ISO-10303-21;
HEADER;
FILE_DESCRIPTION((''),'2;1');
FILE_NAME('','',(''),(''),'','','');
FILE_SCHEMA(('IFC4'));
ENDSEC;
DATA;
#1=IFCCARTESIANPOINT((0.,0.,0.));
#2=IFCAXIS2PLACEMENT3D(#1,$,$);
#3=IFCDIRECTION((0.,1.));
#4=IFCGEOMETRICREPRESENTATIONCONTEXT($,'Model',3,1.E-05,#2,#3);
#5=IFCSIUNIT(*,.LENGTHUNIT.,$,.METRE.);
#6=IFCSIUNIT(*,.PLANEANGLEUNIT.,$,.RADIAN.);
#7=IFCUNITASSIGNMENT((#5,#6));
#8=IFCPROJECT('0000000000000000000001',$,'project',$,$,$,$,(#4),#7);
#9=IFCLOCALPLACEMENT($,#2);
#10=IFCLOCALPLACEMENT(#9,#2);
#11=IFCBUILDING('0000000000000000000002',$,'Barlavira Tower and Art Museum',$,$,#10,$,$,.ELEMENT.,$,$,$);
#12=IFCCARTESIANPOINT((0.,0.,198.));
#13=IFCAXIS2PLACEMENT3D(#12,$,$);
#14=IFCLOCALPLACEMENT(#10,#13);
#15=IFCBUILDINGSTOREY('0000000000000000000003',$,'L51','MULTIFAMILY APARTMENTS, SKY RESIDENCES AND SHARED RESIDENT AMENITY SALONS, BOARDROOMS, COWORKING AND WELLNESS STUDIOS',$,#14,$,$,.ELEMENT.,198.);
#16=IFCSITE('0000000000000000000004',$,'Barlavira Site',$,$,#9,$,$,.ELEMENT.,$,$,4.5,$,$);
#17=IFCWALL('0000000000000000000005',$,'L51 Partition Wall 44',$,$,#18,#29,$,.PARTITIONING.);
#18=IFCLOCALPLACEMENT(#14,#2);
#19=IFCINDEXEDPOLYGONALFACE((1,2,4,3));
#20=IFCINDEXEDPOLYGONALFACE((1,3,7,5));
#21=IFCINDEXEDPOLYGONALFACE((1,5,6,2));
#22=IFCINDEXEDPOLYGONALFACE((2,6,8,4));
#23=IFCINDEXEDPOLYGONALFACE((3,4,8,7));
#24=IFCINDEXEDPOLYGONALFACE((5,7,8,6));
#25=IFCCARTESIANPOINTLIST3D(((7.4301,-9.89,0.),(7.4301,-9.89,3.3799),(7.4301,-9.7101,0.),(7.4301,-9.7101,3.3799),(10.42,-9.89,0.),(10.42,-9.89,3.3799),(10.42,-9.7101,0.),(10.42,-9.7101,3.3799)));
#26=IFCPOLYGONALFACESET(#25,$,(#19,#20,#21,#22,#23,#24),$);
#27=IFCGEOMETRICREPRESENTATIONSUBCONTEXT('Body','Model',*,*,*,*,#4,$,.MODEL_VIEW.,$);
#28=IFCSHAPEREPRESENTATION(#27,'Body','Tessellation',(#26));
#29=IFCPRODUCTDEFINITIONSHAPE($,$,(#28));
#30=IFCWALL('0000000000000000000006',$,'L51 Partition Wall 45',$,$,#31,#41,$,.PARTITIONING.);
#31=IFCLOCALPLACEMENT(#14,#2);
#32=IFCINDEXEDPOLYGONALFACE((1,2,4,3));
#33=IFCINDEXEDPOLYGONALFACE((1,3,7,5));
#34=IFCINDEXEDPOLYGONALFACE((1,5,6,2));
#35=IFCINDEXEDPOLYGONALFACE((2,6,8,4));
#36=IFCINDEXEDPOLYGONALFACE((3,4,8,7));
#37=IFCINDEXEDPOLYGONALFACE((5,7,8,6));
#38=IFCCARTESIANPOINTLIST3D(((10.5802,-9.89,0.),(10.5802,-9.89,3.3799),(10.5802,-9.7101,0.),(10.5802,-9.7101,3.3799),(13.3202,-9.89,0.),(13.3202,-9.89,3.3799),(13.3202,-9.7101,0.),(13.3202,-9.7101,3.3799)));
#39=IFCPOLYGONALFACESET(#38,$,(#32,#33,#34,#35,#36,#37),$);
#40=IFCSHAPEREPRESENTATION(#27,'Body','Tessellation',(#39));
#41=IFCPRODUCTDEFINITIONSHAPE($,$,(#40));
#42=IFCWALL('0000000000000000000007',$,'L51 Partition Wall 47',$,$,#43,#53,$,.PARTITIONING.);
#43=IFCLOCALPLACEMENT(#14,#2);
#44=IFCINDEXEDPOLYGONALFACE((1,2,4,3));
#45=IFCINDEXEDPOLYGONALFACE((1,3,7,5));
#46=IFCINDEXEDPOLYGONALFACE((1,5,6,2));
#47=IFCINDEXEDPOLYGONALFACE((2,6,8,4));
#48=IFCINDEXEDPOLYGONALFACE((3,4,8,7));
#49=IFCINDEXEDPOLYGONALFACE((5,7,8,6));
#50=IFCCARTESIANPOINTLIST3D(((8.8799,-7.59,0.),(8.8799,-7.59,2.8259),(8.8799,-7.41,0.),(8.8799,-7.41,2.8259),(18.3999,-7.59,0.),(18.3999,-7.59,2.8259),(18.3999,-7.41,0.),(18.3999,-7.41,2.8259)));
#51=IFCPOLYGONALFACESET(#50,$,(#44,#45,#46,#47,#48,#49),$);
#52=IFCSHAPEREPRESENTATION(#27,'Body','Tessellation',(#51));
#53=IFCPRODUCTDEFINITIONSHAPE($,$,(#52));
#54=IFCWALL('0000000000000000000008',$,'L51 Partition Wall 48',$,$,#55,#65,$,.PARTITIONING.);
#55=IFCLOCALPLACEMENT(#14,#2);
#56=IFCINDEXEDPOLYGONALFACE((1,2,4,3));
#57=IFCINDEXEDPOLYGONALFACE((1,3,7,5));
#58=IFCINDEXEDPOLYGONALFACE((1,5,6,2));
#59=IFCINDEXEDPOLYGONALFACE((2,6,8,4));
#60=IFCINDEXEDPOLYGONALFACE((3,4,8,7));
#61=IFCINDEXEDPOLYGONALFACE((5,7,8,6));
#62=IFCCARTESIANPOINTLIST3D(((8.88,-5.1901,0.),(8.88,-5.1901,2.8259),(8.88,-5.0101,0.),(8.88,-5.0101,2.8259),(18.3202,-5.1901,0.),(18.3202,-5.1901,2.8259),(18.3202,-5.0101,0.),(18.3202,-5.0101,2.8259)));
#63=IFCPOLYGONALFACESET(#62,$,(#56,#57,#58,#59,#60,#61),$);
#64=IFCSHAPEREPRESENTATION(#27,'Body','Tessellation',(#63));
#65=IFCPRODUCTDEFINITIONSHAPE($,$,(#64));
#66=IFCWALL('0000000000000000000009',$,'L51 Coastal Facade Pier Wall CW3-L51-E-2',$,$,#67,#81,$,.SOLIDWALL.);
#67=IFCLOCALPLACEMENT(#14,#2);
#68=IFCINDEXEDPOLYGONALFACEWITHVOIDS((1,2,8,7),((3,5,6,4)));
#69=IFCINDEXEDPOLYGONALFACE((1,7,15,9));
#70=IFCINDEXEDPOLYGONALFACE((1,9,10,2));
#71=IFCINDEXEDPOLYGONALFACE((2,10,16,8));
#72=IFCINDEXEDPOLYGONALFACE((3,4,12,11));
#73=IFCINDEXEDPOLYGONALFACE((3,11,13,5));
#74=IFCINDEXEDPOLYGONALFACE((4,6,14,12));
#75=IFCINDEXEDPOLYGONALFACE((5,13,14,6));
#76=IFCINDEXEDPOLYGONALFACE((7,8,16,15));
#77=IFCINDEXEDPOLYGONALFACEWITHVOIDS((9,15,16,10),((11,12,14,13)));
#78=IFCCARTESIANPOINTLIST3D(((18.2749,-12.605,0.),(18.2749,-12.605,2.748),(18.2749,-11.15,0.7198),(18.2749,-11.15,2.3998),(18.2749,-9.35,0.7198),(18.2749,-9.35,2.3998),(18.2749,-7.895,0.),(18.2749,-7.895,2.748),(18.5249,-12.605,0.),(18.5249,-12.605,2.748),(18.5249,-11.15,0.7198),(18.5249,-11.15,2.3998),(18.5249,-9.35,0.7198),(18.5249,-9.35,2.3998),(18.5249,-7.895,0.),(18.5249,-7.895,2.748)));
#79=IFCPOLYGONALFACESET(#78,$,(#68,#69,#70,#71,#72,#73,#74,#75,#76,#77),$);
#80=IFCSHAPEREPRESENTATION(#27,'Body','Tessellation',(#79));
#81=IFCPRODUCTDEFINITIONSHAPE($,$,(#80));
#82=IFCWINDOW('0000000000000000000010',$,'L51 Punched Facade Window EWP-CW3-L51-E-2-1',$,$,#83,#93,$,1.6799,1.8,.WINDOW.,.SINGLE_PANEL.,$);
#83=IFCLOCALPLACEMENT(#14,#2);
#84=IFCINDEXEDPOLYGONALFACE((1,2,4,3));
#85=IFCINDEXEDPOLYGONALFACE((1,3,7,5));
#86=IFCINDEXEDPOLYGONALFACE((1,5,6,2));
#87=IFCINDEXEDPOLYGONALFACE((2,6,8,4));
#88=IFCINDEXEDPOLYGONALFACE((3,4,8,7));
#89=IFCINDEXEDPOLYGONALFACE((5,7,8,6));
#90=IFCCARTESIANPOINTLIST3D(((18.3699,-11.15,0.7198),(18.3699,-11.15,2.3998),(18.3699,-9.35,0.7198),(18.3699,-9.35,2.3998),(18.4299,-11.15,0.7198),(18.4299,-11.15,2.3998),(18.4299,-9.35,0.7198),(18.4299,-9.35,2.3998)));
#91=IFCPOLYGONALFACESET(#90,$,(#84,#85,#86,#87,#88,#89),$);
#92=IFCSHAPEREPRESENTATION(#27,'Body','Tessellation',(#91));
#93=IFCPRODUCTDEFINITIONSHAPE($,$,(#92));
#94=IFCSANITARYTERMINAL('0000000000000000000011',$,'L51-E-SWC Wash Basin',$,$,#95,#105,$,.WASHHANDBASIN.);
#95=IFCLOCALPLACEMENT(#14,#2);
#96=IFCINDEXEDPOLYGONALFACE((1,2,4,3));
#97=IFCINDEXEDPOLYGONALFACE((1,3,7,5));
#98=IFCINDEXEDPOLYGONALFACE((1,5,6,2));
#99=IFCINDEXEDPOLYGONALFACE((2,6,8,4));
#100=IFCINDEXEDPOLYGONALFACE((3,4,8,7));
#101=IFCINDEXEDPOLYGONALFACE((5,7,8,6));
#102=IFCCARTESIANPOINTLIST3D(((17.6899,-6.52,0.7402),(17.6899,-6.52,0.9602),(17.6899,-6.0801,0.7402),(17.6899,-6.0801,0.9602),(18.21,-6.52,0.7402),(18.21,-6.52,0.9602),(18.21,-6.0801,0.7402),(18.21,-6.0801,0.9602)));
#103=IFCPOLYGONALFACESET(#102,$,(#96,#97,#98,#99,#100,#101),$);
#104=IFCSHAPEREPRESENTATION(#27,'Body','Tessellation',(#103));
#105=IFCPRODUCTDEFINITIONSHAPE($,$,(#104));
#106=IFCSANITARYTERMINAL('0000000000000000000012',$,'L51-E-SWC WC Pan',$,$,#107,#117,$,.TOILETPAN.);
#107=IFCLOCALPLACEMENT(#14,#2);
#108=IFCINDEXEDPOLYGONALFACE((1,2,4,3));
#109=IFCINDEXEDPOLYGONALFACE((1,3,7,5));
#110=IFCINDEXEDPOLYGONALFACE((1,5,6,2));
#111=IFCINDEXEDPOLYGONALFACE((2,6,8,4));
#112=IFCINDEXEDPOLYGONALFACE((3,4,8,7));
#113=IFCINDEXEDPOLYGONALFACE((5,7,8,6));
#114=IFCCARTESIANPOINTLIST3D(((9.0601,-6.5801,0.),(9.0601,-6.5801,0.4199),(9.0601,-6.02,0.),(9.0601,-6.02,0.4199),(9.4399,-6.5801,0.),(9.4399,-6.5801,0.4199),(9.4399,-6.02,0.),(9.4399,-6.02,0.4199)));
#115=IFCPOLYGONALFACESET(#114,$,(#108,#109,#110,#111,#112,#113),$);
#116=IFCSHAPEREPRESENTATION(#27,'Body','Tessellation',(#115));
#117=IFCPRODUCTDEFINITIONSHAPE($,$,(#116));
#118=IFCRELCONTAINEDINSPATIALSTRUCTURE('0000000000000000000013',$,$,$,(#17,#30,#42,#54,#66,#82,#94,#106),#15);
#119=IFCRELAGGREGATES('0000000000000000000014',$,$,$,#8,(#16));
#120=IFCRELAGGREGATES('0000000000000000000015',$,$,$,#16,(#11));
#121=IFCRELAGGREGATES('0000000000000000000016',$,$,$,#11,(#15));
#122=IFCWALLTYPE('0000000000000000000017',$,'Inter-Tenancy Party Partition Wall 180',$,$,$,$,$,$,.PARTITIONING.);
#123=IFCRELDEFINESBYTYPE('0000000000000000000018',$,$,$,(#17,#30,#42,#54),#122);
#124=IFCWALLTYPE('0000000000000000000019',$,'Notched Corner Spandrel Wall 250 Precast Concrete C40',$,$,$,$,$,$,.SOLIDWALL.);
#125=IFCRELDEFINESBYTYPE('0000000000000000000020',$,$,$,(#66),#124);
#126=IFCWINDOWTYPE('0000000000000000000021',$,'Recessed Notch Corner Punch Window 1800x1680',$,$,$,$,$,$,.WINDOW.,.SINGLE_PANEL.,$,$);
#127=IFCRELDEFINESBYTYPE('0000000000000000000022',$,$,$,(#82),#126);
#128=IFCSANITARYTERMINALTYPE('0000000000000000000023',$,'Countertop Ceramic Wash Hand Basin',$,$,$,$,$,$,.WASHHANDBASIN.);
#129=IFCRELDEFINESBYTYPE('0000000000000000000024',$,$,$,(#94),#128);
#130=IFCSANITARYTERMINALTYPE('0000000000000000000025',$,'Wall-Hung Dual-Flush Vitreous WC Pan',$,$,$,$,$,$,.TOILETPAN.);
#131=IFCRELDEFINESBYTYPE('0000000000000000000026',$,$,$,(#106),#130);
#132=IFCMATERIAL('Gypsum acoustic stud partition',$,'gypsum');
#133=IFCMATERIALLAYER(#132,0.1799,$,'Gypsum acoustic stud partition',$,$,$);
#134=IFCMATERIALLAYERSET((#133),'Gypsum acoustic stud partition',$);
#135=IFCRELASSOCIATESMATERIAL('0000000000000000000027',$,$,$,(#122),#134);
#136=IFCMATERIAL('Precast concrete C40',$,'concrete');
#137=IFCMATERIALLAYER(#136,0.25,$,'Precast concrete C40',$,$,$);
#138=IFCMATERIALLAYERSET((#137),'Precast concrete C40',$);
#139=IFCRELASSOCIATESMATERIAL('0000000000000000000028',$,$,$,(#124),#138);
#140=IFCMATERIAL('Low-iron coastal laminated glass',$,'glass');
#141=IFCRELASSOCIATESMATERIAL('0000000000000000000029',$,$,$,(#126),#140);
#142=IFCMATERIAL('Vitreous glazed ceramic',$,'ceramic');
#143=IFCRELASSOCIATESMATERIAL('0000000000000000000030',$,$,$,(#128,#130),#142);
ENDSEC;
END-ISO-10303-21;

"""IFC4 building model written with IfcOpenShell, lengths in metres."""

from ifc_helpers import new_model, si_unit, direction, frame, frame_2d, origin, origin_2d, place, context, subcontext, project, spatial, rectangle, extrude, material, layer, layer_set, type_object, element, fill, save


model = new_model("IFC4")

# Units and contexts
model_context = context("Model", 3, precision=1e-05, world=origin(), true_north=direction((0.0, 1.0)))
body_context = subcontext(model_context, "Body", "Model", "MODEL_VIEW")
ifc_project = project(units=[si_unit("LENGTHUNIT", "METRE"), si_unit("PLANEANGLEUNIT", "RADIAN")], contexts=[model_context])

# Site, building, storey
site_placement = place(None, origin())
site = spatial("IfcSite", under=ifc_project, at=site_placement, Name="Barlavira Site", CompositionType="ELEMENT", RefElevation=4.5)
building_placement = place(site_placement, origin())
building = spatial("IfcBuilding", under=site, at=building_placement, Name="Barlavira Tower and Art Museum", CompositionType="ELEMENT")
storey_placement = place(building_placement, frame((0.0, 0.0, 198.0)))
storey = spatial("IfcBuildingStorey", under=building, at=storey_placement, Name="L51", Description="MULTIFAMILY APARTMENTS, SKY RESIDENCES AND SHARED RESIDENT AMENITY SALONS, BOARDROOMS, COWORKING AND WELLNESS STUDIOS", CompositionType="ELEMENT", Elevation=198.0)

# Shared definitions
ifc_material_1 = material(Name="Low-iron coastal laminated glass", Category="glass")

# Shared definitions
ifc_material_2 = material(Name="Gypsum acoustic stud partition", Category="gypsum")
ifc_layer_1 = layer(ifc_material_2, 0.1799, Name="Gypsum acoustic stud partition")
ifc_layer_set_1 = layer_set([ifc_layer_1], Name="Gypsum acoustic stud partition")
wall_type_1 = type_object("IfcWallType", Name="Inter-Tenancy Party Partition Wall 180", PredefinedType="PARTITIONING", material=ifc_layer_set_1)

# Walls
wall_1_placement = place(storey_placement, frame((7.4299, -9.8, 0.0), z_axis=(0.0, 0.0, 1.0), x_axis=(1.0, 0.0, 0.0)))
element("IfcWall", 1, at=wall_1_placement, inside=storey, type_object=wall_type_1, Name="L51 Partition Wall 44", PredefinedType="PARTITIONING", context=body_context, shape_type="SweptSolid", body=[
    extrude(rectangle(XDim=2.99, YDim=0.1799, at=frame_2d((1.4951, 0.0))), origin(), (0.0, 0.0, 1.0), 3.3799),
])
wall_2_placement = place(storey_placement, frame((10.5801, -9.8, 0.0), z_axis=(0.0, 0.0, 1.0), x_axis=(1.0, 0.0, 0.0)))
element("IfcWall", 2, at=wall_2_placement, inside=storey, type_object=wall_type_1, Name="L51 Partition Wall 45", PredefinedType="PARTITIONING", context=body_context, shape_type="SweptSolid", body=[
    extrude(rectangle(XDim=2.74, YDim=0.1799, at=frame_2d((1.3701, 0.0))), origin(), (0.0, 0.0, 1.0), 3.3799),
])
wall_3_placement = place(storey_placement, frame((8.8799, -7.5, 0.0), z_axis=(0.0, 0.0, 1.0), x_axis=(1.0, 0.0, 0.0)))
element("IfcWall", 3, at=wall_3_placement, inside=storey, type_object=wall_type_1, Name="L51 Partition Wall 47", PredefinedType="PARTITIONING", context=body_context, shape_type="SweptSolid", body=[
    extrude(rectangle(XDim=9.52, YDim=0.1799, at=frame_2d((4.76, 0.0))), origin(), (0.0, 0.0, 1.0), 2.8259),
])
wall_4_placement = place(storey_placement, frame((8.8799, -5.1001, 0.0), z_axis=(0.0, 0.0, 1.0), x_axis=(1.0, 0.0, 0.0)))
element("IfcWall", 4, at=wall_4_placement, inside=storey, type_object=wall_type_1, Name="L51 Partition Wall 48", PredefinedType="PARTITIONING", context=body_context, shape_type="SweptSolid", body=[
    extrude(rectangle(XDim=9.4402, YDim=0.1799, at=frame_2d((4.7202, 0.0))), origin(), (0.0, 0.0, 1.0), 2.8259),
])

# Wall, opening, window
ifc_material_3 = material(Name="Precast concrete C40", Category="concrete")
ifc_layer_2 = layer(ifc_material_3, 0.25, Name="Precast concrete C40")
ifc_layer_set_2 = layer_set([ifc_layer_2], Name="Precast concrete C40")
wall_type_2 = type_object("IfcWallType", Name="Notched Corner Spandrel Wall 250 Precast Concrete C40", PredefinedType="SOLIDWALL", material=ifc_layer_set_2)
wall_5_placement = place(storey_placement, frame((18.3999, -12.605, 0.0), z_axis=(0.0, 0.0, 1.0), x_axis=(0.0, 1.0, 0.0)))
wall_5 = element("IfcWall", 5, at=wall_5_placement, inside=storey, type_object=wall_type_2, Name="L51 Coastal Facade Pier Wall CW3-L51-E-2", PredefinedType="SOLIDWALL", context=body_context, shape_type="SweptSolid", body=[
    extrude(rectangle(XDim=4.71, YDim=0.25, at=frame_2d((2.355, 0.0))), origin(), (0.0, 0.0, 1.0), 2.748),
])
opening_1_placement = place(wall_5_placement, frame((1.4551, 0.0, 0.72)))
opening_1 = element("IfcOpeningElement", 6, at=opening_1_placement, cuts=wall_5, PredefinedType="OPENING", context=body_context, shape_type="SweptSolid", body=[
    extrude(rectangle(XDim=1.8, YDim=1.6799, at=frame_2d((0.8999, 0.8398))), frame((0.0, 0.135, 0.0), z_axis=(0.0, -1.0, 0.0), x_axis=(1.0, 0.0, 0.0)), (0.0, 0.0, 1.0), 0.27),
])
window_type = type_object("IfcWindowType", Name="Recessed Notch Corner Punch Window 1800x1680", PartitioningType="SINGLE_PANEL", PredefinedType="WINDOW", material=ifc_material_1)
window_placement = place(opening_1_placement, origin())
window = element("IfcWindow", 7, at=window_placement, inside=storey, type_object=window_type, Name="L51 Punched Facade Window EWP-CW3-L51-E-2-1", OverallHeight=1.6799, OverallWidth=1.8, PartitioningType="SINGLE_PANEL", PredefinedType="WINDOW", context=body_context, shape_type="SweptSolid", body=[
    extrude(rectangle(XDim=1.8, YDim=1.6799, at=frame_2d((0.8999, 0.8398))), frame((0.0, 0.03, 0.0), z_axis=(0.0, -1.0, 0.0), x_axis=(1.0, 0.0, 0.0)), (0.0, 0.0, 1.0), 0.0601),
])
fill(opening_1, window)

# Sanitary terminals
ifc_material_4 = material(Name="Vitreous glazed ceramic", Category="ceramic")
sanitary_terminal_type_1 = type_object("IfcSanitaryTerminalType", Name="Countertop Ceramic Wash Hand Basin", PredefinedType="WASHHANDBASIN", material=ifc_material_4)
sanitary_terminal_1_placement = place(storey_placement, frame((17.95, -6.3, 0.7402), z_axis=(0.0, 0.0, 1.0), x_axis=(1.0, 0.0, 0.0)))
element("IfcSanitaryTerminal", 8, at=sanitary_terminal_1_placement, inside=storey, type_object=sanitary_terminal_type_1, Name="L51-E-SWC Wash Basin", PredefinedType="WASHHANDBASIN", context=body_context, shape_type="SweptSolid", body=[
    extrude(rectangle(XDim=0.52, YDim=0.4399, at=origin_2d()), origin(), (0.0, 0.0, 1.0), 0.22),
])
sanitary_terminal_type_2 = type_object("IfcSanitaryTerminalType", Name="Wall-Hung Dual-Flush Vitreous WC Pan", PredefinedType="TOILETPAN", material=ifc_material_4)
sanitary_terminal_2_placement = place(storey_placement, frame((9.25, -6.3, 0.0), z_axis=(0.0, 0.0, 1.0), x_axis=(1.0, 0.0, 0.0)))
element("IfcSanitaryTerminal", 9, at=sanitary_terminal_2_placement, inside=storey, type_object=sanitary_terminal_type_2, Name="L51-E-SWC WC Pan", PredefinedType="TOILETPAN", context=body_context, shape_type="SweptSolid", body=[
    extrude(rectangle(XDim=0.3799, YDim=0.5601, at=origin_2d()), origin(), (0.0, 0.0, 1.0), 0.4199),
])

save(model, "model.ifc")
